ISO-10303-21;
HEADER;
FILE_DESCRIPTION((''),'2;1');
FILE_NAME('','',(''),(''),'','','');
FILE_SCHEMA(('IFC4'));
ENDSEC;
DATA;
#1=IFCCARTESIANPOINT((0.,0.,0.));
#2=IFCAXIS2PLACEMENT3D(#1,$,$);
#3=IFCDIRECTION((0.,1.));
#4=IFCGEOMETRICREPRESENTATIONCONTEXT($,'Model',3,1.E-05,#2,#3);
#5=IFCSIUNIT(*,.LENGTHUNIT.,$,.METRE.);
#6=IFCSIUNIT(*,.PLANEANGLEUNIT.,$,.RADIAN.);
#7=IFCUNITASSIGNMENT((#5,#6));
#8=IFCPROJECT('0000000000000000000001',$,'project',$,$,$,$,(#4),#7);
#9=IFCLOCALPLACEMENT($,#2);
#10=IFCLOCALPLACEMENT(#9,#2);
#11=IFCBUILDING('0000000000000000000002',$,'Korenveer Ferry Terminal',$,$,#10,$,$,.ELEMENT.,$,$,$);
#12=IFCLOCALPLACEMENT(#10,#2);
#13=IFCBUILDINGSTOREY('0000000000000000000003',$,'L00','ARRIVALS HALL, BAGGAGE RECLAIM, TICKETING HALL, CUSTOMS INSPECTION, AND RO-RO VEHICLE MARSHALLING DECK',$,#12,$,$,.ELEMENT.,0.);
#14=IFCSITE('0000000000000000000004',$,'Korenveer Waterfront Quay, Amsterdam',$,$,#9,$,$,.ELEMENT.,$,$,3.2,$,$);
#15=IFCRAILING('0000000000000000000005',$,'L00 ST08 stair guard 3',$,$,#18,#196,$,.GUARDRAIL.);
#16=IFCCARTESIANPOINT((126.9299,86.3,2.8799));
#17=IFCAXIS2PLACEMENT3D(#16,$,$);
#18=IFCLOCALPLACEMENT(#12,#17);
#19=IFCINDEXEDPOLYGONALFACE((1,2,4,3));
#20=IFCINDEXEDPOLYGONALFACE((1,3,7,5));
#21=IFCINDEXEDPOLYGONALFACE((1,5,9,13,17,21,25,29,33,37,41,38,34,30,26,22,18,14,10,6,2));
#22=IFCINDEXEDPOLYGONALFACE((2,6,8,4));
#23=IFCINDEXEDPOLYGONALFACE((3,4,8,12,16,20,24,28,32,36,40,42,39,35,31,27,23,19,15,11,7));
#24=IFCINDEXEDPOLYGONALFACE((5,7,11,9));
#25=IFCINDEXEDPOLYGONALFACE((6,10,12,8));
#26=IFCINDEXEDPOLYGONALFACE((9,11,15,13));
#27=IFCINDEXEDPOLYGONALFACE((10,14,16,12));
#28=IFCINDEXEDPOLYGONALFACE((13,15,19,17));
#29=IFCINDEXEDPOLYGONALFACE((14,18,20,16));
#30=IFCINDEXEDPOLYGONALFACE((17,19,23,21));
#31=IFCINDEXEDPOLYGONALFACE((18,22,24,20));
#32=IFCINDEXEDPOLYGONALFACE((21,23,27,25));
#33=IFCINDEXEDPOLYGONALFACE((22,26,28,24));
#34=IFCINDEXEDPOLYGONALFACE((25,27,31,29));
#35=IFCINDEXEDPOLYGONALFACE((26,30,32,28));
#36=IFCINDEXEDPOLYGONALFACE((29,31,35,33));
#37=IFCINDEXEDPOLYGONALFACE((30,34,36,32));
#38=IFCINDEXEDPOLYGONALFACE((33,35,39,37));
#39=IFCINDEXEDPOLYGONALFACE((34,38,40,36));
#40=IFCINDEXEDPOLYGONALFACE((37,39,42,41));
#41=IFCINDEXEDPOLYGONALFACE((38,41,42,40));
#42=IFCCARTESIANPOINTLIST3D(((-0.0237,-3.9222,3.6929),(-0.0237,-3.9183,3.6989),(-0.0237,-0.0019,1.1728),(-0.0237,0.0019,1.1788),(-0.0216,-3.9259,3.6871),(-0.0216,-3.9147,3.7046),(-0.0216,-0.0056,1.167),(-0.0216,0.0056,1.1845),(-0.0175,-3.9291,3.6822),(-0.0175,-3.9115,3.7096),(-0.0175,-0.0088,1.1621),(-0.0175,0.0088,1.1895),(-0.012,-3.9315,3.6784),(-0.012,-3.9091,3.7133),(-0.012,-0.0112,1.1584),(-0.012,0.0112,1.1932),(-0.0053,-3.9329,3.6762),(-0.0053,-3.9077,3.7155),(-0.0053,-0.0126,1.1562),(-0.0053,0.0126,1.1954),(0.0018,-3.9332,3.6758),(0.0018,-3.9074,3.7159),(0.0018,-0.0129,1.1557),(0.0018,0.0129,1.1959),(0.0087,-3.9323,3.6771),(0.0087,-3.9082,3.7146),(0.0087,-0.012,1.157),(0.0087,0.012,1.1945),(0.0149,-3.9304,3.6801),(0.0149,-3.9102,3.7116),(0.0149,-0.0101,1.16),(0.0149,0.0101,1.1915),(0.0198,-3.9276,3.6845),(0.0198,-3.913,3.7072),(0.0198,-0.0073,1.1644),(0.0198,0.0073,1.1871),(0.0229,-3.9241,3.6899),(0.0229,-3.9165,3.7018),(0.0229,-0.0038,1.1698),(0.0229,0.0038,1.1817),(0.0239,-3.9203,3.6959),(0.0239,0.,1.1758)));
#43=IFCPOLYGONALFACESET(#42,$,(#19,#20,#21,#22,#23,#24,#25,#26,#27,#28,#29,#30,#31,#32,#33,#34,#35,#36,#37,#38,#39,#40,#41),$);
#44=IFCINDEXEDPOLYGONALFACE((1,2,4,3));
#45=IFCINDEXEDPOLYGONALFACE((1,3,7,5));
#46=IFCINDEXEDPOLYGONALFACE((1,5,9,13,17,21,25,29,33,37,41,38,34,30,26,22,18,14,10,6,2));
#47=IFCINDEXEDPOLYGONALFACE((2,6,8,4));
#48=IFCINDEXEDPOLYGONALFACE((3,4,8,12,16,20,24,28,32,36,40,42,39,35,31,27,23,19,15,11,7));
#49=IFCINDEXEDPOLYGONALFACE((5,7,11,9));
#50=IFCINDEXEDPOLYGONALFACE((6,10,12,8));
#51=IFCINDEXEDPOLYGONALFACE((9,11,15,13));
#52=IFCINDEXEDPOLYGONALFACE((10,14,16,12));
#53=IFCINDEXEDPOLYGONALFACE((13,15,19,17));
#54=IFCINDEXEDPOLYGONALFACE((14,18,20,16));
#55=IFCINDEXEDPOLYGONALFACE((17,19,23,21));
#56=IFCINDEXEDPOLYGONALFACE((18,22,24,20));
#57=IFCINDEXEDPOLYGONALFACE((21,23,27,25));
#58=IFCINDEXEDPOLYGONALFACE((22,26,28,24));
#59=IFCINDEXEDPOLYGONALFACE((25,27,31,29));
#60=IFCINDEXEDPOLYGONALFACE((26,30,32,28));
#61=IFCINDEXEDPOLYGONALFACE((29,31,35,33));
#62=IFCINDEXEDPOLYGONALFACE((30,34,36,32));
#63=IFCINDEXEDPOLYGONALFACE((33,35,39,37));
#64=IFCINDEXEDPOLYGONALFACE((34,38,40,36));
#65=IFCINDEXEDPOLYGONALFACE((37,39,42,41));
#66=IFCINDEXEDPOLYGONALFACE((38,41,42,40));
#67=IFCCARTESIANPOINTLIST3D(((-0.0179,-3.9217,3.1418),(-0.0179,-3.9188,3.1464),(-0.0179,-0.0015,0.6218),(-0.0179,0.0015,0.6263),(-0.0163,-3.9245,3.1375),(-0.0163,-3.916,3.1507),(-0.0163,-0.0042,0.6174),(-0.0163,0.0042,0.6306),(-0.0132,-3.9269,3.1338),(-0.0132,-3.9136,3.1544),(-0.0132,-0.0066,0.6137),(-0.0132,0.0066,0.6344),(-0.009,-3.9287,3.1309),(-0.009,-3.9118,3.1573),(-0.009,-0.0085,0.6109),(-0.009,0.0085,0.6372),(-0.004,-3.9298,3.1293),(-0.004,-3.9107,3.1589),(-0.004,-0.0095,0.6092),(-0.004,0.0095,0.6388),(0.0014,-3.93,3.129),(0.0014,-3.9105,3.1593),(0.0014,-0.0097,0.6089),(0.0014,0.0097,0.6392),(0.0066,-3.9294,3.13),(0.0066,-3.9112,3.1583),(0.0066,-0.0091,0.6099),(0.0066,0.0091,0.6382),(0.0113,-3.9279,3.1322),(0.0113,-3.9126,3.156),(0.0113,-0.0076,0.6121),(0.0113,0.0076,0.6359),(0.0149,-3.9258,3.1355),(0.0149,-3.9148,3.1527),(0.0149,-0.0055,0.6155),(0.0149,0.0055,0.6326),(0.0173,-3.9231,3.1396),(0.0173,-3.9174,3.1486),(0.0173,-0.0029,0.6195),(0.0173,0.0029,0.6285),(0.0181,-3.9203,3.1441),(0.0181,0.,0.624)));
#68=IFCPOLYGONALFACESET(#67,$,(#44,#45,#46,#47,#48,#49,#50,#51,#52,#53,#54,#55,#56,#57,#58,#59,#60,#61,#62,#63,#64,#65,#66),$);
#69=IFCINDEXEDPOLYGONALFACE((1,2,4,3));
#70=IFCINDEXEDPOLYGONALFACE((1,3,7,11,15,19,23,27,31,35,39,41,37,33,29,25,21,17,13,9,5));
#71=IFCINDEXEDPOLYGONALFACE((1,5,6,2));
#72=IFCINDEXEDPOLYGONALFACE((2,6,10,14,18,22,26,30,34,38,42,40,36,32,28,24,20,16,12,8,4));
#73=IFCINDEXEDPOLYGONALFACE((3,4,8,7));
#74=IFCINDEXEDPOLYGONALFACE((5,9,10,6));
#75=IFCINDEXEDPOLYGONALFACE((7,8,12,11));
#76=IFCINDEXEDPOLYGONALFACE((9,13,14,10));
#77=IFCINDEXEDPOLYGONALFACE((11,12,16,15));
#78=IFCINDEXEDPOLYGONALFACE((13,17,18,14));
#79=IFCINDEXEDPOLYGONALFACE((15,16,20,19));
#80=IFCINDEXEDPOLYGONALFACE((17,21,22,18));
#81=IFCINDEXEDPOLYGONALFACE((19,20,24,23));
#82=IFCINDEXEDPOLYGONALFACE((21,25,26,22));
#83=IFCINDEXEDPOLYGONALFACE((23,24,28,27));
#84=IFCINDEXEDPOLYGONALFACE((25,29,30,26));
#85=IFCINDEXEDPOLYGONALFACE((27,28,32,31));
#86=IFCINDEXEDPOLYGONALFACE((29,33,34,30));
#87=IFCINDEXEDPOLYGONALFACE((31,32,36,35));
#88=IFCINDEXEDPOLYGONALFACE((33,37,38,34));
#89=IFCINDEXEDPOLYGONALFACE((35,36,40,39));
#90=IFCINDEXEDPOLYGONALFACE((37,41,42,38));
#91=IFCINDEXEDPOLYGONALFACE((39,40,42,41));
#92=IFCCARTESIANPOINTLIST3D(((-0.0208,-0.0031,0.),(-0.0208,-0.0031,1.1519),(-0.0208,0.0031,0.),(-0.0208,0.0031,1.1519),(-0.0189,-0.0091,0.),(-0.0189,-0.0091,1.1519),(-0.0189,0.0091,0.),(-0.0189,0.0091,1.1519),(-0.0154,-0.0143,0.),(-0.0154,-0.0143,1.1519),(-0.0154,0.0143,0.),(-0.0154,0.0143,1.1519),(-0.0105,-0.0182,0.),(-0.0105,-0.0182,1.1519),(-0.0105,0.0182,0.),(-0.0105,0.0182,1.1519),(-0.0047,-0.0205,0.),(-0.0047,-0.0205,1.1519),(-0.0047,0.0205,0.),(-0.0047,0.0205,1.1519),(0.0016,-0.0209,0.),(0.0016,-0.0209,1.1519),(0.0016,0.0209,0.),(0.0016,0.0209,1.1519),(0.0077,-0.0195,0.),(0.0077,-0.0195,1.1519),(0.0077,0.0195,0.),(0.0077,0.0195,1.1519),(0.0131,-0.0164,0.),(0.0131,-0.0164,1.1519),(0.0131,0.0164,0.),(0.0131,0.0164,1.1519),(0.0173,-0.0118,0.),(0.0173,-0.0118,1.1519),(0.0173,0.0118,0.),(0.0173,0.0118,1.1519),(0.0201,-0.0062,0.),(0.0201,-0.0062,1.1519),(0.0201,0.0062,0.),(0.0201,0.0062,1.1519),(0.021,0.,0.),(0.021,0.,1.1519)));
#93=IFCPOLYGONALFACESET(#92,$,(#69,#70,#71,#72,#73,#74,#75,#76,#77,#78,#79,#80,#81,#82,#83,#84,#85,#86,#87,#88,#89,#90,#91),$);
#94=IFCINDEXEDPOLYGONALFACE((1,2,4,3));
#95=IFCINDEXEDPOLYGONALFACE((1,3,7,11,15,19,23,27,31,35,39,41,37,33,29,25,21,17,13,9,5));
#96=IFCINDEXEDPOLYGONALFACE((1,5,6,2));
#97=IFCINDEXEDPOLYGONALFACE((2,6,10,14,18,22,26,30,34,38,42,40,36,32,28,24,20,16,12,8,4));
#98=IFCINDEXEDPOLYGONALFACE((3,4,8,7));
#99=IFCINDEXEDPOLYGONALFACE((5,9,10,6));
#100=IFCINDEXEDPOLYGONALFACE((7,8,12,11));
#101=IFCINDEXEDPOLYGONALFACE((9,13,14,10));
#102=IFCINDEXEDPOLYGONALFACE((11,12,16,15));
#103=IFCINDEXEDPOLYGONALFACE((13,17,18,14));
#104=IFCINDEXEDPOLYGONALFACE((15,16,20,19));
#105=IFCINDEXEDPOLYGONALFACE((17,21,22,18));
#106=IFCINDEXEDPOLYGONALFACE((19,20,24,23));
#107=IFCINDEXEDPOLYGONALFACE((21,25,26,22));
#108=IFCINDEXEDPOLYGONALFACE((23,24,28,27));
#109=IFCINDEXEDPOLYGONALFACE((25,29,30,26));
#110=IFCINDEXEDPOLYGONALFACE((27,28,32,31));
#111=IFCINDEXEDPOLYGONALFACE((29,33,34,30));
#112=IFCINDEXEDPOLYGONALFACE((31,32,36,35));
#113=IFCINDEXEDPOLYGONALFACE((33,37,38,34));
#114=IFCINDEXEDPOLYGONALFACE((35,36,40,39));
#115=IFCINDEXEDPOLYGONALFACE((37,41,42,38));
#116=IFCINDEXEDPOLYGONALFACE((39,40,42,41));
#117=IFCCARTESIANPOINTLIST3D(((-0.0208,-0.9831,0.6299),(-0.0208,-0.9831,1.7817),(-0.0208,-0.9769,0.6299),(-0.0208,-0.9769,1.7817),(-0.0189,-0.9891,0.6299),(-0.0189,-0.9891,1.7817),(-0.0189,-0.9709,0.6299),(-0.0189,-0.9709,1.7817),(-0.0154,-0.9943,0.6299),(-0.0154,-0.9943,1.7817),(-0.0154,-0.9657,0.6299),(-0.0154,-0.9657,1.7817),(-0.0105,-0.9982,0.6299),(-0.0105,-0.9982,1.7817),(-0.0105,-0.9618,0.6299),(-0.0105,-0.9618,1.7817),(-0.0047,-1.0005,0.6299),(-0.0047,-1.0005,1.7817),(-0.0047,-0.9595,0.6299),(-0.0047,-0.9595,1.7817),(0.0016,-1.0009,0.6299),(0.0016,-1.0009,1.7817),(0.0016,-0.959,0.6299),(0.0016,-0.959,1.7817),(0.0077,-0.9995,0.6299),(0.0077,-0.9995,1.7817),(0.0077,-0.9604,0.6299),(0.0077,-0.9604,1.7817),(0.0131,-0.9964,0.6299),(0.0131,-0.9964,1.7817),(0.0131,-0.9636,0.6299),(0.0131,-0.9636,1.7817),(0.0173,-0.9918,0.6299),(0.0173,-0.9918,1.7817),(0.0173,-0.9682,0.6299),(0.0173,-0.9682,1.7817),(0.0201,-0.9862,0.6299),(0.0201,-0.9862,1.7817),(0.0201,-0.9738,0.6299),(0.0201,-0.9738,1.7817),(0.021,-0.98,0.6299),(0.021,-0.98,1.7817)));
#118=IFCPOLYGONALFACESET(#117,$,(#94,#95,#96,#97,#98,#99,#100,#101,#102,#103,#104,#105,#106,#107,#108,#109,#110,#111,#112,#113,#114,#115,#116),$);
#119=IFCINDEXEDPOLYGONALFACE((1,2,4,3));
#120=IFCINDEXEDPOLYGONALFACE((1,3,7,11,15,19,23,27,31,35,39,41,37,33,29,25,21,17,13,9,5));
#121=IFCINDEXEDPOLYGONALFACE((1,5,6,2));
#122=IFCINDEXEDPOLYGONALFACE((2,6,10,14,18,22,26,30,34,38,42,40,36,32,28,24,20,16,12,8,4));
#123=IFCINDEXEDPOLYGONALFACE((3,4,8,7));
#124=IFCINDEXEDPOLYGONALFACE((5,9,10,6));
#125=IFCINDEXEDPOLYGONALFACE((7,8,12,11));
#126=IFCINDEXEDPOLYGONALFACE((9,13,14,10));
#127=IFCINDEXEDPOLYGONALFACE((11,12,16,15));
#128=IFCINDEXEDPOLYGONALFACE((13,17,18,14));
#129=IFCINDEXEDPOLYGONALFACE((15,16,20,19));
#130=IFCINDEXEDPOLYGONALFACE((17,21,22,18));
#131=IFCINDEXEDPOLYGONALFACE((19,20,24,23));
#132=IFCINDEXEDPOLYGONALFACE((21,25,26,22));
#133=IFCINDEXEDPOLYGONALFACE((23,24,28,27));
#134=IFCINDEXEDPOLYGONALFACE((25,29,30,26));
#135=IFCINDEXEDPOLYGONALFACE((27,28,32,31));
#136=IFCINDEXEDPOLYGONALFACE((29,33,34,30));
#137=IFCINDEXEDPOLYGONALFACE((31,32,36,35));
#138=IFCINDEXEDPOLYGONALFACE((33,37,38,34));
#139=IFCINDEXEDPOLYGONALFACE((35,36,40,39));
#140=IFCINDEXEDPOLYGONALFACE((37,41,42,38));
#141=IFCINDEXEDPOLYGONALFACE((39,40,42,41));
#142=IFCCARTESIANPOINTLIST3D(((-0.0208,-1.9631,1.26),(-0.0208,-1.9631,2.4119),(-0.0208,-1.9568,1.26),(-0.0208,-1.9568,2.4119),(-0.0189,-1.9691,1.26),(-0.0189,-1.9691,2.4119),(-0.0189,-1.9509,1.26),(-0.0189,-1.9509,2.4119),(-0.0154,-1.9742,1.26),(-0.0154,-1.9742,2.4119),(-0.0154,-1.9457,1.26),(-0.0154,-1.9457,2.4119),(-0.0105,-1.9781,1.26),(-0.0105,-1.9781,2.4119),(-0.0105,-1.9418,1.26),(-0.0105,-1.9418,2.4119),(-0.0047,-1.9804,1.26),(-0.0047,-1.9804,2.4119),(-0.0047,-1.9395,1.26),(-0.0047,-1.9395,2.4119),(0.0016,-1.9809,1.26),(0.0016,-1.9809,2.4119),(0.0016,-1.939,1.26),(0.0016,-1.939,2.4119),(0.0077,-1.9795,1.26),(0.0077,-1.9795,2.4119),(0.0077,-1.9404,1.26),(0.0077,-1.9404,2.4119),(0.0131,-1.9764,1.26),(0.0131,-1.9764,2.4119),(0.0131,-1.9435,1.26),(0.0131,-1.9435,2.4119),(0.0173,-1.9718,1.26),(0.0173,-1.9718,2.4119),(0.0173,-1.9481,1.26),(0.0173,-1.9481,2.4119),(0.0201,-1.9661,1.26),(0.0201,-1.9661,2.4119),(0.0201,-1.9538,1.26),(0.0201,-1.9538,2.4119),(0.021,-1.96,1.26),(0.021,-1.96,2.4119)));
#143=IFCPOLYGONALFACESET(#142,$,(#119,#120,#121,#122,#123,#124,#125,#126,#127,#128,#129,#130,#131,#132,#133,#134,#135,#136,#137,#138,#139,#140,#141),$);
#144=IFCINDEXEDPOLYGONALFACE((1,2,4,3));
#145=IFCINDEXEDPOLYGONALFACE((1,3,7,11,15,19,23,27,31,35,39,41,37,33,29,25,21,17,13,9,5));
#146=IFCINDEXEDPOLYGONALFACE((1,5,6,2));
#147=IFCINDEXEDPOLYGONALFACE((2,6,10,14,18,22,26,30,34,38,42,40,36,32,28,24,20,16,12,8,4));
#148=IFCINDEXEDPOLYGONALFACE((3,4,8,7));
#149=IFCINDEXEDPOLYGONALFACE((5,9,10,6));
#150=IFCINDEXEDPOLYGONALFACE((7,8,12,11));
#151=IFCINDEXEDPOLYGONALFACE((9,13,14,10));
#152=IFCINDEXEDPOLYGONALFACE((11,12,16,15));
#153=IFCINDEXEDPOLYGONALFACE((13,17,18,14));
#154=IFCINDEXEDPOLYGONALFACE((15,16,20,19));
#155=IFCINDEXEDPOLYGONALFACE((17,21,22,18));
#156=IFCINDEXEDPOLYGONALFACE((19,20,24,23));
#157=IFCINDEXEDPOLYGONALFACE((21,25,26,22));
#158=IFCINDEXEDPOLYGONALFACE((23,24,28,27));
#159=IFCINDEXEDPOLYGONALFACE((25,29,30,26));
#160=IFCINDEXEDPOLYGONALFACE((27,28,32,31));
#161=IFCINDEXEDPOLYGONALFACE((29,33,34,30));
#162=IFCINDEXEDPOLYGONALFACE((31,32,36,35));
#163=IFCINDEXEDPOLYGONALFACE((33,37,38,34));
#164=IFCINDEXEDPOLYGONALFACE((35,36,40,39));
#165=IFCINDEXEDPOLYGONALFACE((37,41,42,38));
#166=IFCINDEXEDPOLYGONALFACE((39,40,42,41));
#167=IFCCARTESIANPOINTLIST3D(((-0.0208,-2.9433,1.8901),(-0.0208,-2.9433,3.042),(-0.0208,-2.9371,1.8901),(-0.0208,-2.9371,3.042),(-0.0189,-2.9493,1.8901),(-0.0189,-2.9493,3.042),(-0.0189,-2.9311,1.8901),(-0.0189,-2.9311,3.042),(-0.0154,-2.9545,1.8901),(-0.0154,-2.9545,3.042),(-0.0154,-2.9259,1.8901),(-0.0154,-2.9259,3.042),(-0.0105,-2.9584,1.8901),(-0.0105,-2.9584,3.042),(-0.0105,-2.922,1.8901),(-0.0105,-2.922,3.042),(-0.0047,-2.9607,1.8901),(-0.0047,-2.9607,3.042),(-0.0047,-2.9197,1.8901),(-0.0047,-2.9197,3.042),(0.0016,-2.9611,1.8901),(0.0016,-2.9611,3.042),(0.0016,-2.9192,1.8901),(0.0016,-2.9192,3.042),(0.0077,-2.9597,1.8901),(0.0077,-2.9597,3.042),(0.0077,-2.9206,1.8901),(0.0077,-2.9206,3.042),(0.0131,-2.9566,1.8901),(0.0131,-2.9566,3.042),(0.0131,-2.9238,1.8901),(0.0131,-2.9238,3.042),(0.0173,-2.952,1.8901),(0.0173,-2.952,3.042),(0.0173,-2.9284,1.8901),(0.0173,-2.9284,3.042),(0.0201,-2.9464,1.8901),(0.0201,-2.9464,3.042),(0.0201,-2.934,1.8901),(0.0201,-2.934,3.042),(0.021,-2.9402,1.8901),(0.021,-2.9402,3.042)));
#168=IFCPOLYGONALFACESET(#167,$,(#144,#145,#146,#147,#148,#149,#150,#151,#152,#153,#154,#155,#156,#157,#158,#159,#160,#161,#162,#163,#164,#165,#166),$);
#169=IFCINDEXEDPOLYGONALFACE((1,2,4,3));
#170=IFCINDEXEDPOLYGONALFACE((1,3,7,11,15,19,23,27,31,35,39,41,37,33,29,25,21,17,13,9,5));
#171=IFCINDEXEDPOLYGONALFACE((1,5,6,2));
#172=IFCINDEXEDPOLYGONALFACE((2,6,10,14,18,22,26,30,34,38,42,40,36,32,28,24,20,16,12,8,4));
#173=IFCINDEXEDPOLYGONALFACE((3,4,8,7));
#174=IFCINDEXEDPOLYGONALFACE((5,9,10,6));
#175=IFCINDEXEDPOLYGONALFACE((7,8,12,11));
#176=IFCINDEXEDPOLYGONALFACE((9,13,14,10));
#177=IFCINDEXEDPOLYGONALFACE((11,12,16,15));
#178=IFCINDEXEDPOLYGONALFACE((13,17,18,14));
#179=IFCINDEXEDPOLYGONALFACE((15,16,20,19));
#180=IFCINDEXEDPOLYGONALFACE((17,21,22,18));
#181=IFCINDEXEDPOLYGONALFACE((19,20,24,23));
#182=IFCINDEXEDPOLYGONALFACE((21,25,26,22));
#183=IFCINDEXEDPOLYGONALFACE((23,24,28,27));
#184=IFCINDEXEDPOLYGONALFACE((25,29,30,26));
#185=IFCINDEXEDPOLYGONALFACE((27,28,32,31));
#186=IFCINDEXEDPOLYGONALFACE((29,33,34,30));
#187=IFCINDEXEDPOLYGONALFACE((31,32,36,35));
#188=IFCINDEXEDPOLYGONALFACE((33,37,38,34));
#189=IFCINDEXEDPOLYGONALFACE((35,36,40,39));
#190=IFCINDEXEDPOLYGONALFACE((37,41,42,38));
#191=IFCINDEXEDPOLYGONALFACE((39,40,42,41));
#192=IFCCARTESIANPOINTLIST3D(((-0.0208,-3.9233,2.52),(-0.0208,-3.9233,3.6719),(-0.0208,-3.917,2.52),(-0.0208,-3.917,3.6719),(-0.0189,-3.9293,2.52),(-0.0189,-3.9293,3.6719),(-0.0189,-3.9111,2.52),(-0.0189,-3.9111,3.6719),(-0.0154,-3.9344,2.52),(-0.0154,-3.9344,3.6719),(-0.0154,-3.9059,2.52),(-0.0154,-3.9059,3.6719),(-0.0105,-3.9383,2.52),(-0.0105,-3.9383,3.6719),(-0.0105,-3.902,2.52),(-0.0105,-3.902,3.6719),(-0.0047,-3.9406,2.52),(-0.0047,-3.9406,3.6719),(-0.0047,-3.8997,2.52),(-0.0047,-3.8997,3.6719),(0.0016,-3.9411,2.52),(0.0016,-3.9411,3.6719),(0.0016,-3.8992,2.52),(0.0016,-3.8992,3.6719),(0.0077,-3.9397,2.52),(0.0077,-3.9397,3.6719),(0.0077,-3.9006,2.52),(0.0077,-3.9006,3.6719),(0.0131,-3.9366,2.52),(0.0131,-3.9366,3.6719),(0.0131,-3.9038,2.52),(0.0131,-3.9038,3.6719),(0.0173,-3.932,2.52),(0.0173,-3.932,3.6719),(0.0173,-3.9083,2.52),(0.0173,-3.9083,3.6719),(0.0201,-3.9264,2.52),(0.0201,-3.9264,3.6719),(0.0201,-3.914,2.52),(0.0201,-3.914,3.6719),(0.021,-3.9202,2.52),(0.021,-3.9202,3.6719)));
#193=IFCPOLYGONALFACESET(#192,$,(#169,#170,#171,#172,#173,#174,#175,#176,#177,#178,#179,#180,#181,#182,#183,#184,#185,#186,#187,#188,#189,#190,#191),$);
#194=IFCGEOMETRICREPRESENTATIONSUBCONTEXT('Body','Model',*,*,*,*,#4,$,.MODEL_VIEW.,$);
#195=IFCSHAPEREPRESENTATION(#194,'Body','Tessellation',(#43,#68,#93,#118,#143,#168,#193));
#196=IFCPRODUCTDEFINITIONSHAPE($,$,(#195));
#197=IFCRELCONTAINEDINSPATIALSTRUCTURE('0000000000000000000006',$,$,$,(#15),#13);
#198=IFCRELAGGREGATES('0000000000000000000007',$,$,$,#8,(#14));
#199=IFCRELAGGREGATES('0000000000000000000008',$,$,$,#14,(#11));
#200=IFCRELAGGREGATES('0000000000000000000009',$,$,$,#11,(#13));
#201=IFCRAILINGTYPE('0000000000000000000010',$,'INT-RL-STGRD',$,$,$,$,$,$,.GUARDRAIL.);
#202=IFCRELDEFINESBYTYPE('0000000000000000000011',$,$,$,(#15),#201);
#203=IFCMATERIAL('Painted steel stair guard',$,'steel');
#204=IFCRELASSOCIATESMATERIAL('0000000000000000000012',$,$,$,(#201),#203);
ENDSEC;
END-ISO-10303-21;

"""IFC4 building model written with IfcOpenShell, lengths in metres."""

from ifc_helpers import new_model, si_unit, direction, frame, origin, origin_2d, place, context, subcontext, project, spatial, circle, extrude, material, type_object, element, save


model = new_model("IFC4")

# Units and contexts
model_context = context("Model", 3, precision=1e-05, world=origin(), true_north=direction((0.0, 1.0)))
body_context = subcontext(model_context, "Body", "Model", "MODEL_VIEW")
ifc_project = project(units=[si_unit("LENGTHUNIT", "METRE"), si_unit("PLANEANGLEUNIT", "RADIAN")], contexts=[model_context])

# Site, building, storey
site_placement = place(None, origin())
site = spatial("IfcSite", under=ifc_project, at=site_placement, Name="Korenveer Waterfront Quay, Amsterdam", CompositionType="ELEMENT", RefElevation=3.2)
building_placement = place(site_placement, origin())
building = spatial("IfcBuilding", under=site, at=building_placement, Name="Korenveer Ferry Terminal", CompositionType="ELEMENT")
storey_placement = place(building_placement, origin())
storey = spatial("IfcBuildingStorey", under=building, at=storey_placement, Name="L00", Description="ARRIVALS HALL, BAGGAGE RECLAIM, TICKETING HALL, CUSTOMS INSPECTION, AND RO-RO VEHICLE MARSHALLING DECK", CompositionType="ELEMENT", Elevation=0.0)

# Railing
ifc_material_1 = material(Name="Painted steel stair guard", Category="steel")
railing_type_1 = type_object("IfcRailingType", Name="INT-RL-STGRD", PredefinedType="GUARDRAIL", material=ifc_material_1)
railing_1_placement = place(storey_placement, frame((126.9299, 86.3, 2.8799)))
element("IfcRailing", 1, at=railing_1_placement, inside=storey, type_object=railing_type_1, Name="L00 ST08 stair guard 3", PredefinedType="GUARDRAIL", context=body_context, shape_type="SweptSolid", body=[
    extrude(circle(Radius=0.0239, at=origin_2d()), frame((0.0, 0.0, 1.1758), z_axis=(0.0, -0.841187, 0.540744), x_axis=(1.0, 0.0, 0.0)), (0.0, 0.0, 1.0), 4.6604),
    extrude(circle(Radius=0.0181, at=origin_2d()), frame((0.0, 0.0, 0.624), z_axis=(0.0, -0.841187, 0.540744), x_axis=(1.0, 0.0, 0.0)), (0.0, 0.0, 1.0), 4.6604),
    extrude(circle(Radius=0.021, at=origin_2d()), origin(), (0.0, 0.0, 1.0), 1.1519),
    extrude(circle(Radius=0.021, at=origin_2d()), frame((0.0, -0.98, 0.6299)), (0.0, 0.0, 1.0), 1.1519),
    extrude(circle(Radius=0.021, at=origin_2d()), frame((0.0, -1.96, 1.26)), (0.0, 0.0, 1.0), 1.1519),
    extrude(circle(Radius=0.021, at=origin_2d()), frame((0.0, -2.9402, 1.8901)), (0.0, 0.0, 1.0), 1.1519),
    extrude(circle(Radius=0.021, at=origin_2d()), frame((0.0, -3.9202, 2.52)), (0.0, 0.0, 1.0), 1.1519),
])

save(model, "model.ifc")
